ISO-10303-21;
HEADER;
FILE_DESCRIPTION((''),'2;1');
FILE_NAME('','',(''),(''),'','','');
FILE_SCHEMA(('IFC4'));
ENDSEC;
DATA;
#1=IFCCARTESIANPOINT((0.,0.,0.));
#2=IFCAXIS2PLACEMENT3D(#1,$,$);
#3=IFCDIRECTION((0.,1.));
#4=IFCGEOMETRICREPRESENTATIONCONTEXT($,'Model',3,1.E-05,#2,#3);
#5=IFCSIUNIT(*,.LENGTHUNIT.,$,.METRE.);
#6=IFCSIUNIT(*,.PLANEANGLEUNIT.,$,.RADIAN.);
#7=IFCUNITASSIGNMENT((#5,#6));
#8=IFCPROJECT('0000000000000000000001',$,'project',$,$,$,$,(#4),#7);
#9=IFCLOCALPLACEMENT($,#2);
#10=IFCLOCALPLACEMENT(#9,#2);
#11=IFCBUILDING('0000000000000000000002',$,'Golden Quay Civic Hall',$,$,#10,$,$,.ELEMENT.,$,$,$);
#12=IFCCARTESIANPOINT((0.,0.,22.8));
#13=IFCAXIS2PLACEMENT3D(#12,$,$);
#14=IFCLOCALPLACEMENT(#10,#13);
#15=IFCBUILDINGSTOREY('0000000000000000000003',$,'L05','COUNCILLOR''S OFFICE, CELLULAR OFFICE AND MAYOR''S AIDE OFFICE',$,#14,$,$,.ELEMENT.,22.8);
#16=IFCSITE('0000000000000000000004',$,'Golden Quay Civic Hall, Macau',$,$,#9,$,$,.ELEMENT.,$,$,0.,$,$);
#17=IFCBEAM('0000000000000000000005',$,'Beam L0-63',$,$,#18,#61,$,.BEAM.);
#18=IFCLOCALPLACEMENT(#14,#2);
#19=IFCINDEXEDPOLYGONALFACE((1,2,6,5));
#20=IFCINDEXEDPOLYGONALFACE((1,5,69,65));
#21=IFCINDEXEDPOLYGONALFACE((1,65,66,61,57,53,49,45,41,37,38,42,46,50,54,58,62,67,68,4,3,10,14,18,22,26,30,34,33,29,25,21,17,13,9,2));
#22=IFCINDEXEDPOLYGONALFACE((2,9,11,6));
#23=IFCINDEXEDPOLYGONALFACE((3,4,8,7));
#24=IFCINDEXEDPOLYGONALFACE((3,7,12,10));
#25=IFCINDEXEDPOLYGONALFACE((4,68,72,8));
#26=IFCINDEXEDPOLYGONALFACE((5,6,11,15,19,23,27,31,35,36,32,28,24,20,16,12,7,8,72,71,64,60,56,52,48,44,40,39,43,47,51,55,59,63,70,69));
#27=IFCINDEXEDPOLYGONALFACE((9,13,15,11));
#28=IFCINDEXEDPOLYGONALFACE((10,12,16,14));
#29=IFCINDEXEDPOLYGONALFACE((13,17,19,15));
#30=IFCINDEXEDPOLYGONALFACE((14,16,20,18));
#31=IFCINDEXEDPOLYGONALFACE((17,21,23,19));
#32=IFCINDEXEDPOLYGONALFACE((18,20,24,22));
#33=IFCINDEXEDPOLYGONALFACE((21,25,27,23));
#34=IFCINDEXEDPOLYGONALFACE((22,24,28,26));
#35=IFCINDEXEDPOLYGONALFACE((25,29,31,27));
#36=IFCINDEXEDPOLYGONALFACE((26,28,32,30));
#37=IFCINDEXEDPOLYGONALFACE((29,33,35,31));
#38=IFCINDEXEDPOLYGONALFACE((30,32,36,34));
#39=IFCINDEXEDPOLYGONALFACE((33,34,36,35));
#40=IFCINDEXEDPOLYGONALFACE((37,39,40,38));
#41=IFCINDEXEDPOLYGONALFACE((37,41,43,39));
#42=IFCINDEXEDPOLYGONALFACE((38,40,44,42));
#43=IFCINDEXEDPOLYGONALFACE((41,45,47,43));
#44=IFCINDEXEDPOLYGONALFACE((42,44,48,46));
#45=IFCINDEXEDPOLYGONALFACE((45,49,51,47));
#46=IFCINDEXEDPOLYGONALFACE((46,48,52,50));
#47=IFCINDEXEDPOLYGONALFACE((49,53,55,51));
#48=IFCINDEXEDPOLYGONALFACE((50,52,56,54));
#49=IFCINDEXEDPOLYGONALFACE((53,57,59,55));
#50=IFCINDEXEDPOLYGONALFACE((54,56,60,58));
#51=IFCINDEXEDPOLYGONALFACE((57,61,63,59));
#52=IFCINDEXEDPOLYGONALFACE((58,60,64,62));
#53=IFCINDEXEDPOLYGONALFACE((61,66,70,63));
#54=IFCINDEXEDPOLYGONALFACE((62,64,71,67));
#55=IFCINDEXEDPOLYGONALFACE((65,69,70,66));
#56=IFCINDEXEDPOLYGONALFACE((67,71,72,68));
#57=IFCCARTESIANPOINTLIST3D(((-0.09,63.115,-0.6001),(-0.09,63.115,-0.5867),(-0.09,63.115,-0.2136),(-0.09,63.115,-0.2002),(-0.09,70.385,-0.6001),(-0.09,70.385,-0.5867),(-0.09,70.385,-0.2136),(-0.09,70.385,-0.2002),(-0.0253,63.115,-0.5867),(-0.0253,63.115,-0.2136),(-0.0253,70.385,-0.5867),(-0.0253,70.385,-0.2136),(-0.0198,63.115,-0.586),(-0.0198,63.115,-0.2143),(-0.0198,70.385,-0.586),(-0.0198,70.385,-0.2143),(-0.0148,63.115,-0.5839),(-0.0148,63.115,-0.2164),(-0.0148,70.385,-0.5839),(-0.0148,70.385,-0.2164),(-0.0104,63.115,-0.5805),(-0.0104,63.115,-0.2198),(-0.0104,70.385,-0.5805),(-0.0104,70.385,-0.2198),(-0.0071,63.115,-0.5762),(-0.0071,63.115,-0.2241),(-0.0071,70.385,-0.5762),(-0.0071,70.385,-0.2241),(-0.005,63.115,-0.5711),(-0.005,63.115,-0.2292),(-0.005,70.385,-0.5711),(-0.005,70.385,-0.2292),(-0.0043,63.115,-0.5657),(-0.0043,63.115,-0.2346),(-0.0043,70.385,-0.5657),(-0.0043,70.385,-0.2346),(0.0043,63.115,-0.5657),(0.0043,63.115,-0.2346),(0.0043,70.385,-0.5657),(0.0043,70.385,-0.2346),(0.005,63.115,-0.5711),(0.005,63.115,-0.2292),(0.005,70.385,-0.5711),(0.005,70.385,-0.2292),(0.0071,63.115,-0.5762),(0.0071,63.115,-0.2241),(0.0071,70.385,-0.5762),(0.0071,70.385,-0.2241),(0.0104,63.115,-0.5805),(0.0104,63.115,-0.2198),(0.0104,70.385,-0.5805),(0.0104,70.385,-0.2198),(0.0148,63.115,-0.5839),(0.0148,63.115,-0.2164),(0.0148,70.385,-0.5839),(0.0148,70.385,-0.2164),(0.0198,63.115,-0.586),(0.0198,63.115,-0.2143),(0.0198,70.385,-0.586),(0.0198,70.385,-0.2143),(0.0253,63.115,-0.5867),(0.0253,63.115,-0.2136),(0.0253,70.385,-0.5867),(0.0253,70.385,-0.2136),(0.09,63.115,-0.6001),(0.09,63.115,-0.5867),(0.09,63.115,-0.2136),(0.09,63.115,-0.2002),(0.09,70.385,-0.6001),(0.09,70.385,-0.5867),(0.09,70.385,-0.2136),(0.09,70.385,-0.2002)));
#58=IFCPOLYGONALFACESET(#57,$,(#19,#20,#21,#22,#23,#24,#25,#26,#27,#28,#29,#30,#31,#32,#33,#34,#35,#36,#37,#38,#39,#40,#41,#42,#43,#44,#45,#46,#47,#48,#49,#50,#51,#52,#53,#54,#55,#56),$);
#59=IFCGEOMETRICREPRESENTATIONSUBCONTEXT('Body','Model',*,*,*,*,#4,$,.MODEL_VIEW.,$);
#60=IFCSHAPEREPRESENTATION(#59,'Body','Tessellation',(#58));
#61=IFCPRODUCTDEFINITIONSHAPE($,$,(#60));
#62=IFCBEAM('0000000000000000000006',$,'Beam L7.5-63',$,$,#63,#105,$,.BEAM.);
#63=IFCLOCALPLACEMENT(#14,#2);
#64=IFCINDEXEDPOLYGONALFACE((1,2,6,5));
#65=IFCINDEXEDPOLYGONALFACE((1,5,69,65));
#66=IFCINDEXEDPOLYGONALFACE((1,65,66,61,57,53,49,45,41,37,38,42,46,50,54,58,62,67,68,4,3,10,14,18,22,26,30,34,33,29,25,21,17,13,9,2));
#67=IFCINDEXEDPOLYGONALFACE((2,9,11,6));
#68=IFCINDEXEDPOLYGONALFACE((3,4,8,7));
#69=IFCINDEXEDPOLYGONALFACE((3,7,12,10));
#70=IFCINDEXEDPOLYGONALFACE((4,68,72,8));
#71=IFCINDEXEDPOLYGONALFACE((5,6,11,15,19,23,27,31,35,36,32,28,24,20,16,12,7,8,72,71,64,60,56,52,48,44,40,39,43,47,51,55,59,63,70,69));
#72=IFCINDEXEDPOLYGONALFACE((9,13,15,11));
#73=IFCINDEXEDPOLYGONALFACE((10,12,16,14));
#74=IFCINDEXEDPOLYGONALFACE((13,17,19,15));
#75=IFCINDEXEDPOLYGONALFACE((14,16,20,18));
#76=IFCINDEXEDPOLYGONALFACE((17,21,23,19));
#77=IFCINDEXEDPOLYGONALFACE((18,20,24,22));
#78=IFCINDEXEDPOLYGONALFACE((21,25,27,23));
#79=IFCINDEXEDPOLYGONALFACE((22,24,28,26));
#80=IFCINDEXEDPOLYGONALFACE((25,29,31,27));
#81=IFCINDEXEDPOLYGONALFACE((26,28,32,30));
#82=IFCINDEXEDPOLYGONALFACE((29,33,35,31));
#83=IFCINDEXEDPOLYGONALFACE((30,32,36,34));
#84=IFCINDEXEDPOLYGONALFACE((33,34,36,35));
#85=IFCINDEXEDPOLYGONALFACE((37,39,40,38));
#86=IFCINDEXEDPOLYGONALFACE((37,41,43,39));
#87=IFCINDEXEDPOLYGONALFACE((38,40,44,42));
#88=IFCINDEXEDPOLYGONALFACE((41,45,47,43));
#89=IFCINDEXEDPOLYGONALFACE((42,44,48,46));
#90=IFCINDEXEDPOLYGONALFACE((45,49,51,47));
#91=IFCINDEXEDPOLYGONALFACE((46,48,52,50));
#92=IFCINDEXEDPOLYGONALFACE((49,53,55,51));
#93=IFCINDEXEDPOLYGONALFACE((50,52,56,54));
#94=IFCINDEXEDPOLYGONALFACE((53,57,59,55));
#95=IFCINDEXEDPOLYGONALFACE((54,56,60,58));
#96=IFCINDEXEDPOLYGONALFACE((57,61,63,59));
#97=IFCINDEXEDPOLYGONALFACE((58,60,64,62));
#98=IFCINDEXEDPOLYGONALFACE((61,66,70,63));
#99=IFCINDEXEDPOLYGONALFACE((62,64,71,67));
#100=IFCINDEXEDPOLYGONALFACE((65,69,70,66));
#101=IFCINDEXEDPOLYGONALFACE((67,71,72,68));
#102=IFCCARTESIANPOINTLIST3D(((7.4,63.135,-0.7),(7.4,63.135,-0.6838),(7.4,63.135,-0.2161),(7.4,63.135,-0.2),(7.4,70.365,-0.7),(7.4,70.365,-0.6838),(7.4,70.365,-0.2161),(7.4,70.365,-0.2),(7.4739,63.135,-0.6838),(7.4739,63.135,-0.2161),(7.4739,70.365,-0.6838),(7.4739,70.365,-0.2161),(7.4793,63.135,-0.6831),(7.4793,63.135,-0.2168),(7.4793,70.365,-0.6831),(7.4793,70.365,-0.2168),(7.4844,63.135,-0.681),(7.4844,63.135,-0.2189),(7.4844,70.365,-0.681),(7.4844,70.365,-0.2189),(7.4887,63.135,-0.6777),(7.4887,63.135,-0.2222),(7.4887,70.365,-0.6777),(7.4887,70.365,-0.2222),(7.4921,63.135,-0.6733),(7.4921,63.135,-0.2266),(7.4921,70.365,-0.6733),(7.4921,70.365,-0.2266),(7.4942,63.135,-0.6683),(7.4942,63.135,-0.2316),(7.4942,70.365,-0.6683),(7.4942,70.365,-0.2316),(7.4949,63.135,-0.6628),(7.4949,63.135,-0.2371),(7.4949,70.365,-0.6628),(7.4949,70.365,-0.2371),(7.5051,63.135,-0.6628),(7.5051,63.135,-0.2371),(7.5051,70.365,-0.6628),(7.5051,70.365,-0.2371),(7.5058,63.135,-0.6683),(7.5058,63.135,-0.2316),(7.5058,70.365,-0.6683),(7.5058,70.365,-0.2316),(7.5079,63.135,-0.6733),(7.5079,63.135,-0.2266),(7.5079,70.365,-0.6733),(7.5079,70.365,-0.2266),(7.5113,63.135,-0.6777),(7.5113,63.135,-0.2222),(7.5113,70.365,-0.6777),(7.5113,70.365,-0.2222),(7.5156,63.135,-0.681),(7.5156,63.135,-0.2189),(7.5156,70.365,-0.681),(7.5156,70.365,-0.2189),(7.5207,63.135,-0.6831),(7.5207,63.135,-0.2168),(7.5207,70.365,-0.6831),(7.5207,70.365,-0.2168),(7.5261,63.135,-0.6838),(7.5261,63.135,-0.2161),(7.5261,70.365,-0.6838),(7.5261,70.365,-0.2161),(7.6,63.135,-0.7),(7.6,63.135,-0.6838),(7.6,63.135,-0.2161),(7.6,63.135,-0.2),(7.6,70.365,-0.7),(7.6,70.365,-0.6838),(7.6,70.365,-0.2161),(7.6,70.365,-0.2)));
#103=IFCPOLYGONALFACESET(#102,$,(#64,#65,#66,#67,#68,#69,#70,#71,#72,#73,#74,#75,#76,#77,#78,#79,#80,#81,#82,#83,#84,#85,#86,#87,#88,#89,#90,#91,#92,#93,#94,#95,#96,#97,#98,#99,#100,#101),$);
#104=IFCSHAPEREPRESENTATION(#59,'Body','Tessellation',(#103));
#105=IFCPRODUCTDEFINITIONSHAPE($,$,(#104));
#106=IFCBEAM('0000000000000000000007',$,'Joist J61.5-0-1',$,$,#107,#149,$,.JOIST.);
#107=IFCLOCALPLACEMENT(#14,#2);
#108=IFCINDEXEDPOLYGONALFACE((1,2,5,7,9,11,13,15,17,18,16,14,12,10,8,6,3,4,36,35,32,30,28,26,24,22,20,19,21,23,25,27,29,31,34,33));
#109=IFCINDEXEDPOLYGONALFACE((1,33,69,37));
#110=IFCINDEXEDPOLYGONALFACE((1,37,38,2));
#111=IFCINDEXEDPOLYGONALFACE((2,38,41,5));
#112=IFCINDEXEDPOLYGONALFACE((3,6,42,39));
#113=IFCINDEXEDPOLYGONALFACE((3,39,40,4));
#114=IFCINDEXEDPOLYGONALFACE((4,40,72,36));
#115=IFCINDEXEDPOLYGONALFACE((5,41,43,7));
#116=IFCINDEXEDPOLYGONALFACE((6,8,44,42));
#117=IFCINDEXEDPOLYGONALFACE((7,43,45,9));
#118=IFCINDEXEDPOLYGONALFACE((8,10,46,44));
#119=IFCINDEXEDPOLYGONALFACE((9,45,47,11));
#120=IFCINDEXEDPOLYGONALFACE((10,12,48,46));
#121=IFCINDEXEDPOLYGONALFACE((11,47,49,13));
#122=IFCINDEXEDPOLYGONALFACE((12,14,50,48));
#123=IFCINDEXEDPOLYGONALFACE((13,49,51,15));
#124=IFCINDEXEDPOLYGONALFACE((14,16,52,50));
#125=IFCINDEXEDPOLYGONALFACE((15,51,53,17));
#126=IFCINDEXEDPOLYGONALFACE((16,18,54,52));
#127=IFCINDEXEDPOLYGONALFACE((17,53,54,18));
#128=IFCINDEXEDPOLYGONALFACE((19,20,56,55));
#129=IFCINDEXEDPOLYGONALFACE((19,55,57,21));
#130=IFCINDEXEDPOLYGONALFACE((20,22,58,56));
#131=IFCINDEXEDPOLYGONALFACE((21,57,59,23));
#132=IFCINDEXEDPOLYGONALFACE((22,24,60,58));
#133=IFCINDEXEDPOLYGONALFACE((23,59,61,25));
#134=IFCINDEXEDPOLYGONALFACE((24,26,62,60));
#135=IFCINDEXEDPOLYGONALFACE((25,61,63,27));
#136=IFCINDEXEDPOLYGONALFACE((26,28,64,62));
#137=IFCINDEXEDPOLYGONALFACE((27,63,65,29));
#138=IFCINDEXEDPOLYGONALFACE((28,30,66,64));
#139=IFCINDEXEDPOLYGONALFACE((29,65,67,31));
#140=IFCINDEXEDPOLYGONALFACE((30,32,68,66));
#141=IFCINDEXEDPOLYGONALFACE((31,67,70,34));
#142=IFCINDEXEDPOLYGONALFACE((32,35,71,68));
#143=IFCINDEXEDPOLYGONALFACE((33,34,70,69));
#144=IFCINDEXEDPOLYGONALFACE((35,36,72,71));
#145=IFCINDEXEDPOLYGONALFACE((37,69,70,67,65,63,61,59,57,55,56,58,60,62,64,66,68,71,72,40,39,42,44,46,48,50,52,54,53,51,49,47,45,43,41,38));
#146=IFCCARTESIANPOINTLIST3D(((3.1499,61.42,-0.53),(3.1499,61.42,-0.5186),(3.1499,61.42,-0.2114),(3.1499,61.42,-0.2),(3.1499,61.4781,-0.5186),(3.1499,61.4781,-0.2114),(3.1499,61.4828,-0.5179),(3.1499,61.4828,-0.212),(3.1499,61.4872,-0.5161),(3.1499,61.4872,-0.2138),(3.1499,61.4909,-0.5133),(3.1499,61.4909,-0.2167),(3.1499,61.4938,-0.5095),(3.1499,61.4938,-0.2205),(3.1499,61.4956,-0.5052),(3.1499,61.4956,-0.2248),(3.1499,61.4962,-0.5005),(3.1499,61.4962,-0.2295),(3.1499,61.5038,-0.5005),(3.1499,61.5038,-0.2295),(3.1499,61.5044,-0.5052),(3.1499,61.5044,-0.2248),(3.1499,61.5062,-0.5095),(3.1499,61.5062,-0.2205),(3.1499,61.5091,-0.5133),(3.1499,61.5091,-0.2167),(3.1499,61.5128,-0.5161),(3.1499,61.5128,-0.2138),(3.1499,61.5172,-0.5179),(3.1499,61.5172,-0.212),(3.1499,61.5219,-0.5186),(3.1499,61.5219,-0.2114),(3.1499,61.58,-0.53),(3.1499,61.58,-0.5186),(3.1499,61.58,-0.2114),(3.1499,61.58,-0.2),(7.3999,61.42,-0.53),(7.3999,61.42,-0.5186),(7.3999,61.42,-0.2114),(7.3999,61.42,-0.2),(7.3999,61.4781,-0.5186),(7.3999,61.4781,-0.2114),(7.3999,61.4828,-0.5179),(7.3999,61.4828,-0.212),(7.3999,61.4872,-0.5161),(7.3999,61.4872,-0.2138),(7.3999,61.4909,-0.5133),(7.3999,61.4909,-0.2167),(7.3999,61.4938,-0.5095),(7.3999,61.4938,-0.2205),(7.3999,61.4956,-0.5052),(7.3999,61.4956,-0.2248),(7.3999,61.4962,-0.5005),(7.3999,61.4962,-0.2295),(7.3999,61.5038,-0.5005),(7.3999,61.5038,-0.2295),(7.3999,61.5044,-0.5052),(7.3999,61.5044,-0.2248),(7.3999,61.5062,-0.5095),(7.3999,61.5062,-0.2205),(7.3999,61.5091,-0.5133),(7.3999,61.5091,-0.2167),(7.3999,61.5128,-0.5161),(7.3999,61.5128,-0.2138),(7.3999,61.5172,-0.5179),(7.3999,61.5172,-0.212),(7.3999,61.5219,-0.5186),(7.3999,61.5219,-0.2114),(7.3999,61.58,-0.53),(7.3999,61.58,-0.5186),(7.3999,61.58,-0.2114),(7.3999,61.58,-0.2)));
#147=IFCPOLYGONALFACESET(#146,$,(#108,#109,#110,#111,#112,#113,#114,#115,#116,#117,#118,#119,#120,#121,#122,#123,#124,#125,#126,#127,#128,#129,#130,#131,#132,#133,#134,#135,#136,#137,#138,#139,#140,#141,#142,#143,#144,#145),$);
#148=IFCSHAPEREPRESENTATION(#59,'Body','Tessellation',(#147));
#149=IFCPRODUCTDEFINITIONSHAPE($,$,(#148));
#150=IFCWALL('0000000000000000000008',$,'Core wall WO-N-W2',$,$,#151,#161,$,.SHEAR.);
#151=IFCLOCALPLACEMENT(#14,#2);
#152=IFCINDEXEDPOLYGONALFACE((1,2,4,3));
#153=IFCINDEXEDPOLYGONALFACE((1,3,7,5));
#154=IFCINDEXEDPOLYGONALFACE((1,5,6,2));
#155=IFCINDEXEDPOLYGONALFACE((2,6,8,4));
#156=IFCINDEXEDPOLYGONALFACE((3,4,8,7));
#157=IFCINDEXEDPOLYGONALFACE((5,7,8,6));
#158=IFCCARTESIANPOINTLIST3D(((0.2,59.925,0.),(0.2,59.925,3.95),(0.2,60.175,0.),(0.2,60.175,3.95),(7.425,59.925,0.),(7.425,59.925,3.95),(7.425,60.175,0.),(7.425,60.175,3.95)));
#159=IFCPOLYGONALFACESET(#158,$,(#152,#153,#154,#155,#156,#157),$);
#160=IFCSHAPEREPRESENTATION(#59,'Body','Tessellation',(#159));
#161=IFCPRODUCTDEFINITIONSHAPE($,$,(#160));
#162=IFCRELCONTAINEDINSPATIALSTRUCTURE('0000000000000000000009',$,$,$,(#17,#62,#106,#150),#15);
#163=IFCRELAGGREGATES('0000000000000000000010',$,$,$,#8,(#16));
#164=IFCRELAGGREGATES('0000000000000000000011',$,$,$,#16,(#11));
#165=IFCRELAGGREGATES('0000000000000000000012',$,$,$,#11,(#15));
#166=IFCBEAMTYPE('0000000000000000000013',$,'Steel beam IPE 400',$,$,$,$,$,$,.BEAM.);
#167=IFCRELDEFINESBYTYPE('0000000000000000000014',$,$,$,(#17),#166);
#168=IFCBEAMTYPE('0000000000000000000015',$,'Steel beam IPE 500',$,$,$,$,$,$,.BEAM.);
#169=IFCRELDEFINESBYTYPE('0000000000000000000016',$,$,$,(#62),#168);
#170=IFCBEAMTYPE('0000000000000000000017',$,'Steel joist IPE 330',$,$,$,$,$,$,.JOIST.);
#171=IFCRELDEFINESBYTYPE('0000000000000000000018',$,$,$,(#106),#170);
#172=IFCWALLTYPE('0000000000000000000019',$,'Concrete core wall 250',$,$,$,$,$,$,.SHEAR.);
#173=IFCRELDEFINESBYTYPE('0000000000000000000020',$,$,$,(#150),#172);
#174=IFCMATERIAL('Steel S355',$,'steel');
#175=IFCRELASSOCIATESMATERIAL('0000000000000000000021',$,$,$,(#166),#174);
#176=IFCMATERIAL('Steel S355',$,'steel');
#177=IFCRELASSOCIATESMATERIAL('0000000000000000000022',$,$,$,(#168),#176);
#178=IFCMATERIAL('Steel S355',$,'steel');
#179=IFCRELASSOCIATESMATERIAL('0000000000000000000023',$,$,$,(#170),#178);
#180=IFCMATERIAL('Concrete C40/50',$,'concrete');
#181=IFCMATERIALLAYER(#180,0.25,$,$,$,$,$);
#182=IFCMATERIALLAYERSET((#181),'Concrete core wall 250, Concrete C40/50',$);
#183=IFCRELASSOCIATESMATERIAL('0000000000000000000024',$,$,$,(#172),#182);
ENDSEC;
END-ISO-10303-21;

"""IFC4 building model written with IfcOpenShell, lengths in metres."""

from ifc_helpers import new_model, si_unit, direction, frame, frame_2d, origin, origin_2d, place, context, subcontext, project, spatial, rectangle, i_section, extrude, material, layer, layer_set, material_profile, profile_set, type_object, element, save


model = new_model("IFC4")

# Units and contexts
model_context = context("Model", 3, precision=1e-05, world=origin(), true_north=direction((0.0, 1.0)))
body_context = subcontext(model_context, "Body", "Model", "MODEL_VIEW")
ifc_project = project(units=[si_unit("LENGTHUNIT", "METRE"), si_unit("PLANEANGLEUNIT", "RADIAN")], contexts=[model_context])

# Site, building, storey
site_placement = place(None, origin())
site = spatial("IfcSite", under=ifc_project, at=site_placement, Name="Golden Quay Civic Hall, Macau", CompositionType="ELEMENT", RefElevation=0.0)
building_placement = place(site_placement, origin())
building = spatial("IfcBuilding", under=site, at=building_placement, Name="Golden Quay Civic Hall", CompositionType="ELEMENT")
storey_placement = place(building_placement, frame((0.0, 0.0, 22.8)))
storey = spatial("IfcBuildingStorey", under=building, at=storey_placement, Name="L05", Description="COUNCILLOR'S OFFICE, CELLULAR OFFICE AND MAYOR'S AIDE OFFICE", CompositionType="ELEMENT", Elevation=22.8)

# Beams
ifc_material_1 = material(Name="Steel S355", Category="steel")
ifc_material_profile_1 = material_profile(ifc_material_1, i_section(OverallWidth=0.1799, OverallDepth=0.3999, WebThickness=0.0085, FlangeThickness=0.0134, FilletRadius=0.021, at=origin_2d()), Name="IPE 400")
ifc_profile_set_1 = profile_set([ifc_material_profile_1], Name="Steel S355")
beam_type_1 = type_object("IfcBeamType", Name="Steel beam IPE 400", PredefinedType="BEAM", material=ifc_profile_set_1)
beam_1_placement = place(storey_placement, frame((0.0, 63.115, -0.4001), z_axis=(0.0, 1.0, 0.0), x_axis=(-1.0, 0.0, 0.0)))
element("IfcBeam", 1, at=beam_1_placement, inside=storey, type_object=beam_type_1, Name="Beam L0-63", PredefinedType="BEAM", context=body_context, shape_type="SweptSolid", body=[
    extrude(i_section(OverallWidth=0.1799, OverallDepth=0.3999, WebThickness=0.0085, FlangeThickness=0.0134, FilletRadius=0.021, at=origin_2d()), origin(), (0.0, 0.0, 1.0), 7.27),
])
ifc_material_2 = material(Name="Steel S355", Category="steel")
ifc_material_profile_2 = material_profile(ifc_material_2, i_section(OverallWidth=0.2, OverallDepth=0.5, WebThickness=0.0103, FlangeThickness=0.0161, FilletRadius=0.021, at=origin_2d()), Name="IPE 500")
ifc_profile_set_2 = profile_set([ifc_material_profile_2], Name="Steel S355")
beam_type_2 = type_object("IfcBeamType", Name="Steel beam IPE 500", PredefinedType="BEAM", material=ifc_profile_set_2)
beam_2_placement = place(storey_placement, frame((7.5, 63.135, -0.45), z_axis=(0.0, 1.0, 0.0), x_axis=(-1.0, 0.0, 0.0)))
element("IfcBeam", 2, at=beam_2_placement, inside=storey, type_object=beam_type_2, Name="Beam L7.5-63", PredefinedType="BEAM", context=body_context, shape_type="SweptSolid", body=[
    extrude(i_section(OverallWidth=0.2, OverallDepth=0.5, WebThickness=0.0103, FlangeThickness=0.0161, FilletRadius=0.021, at=origin_2d()), origin(), (0.0, 0.0, 1.0), 7.23),
])
ifc_material_3 = material(Name="Steel S355", Category="steel")
ifc_material_profile_3 = material_profile(ifc_material_3, i_section(OverallWidth=0.1599, OverallDepth=0.3301, WebThickness=0.0076, FlangeThickness=0.0115, FilletRadius=0.0181, at=origin_2d()), Name="IPE 330")
ifc_profile_set_3 = profile_set([ifc_material_profile_3], Name="Steel S355")
beam_type_3 = type_object("IfcBeamType", Name="Steel joist IPE 330", PredefinedType="JOIST", material=ifc_profile_set_3)
beam_3_placement = place(storey_placement, frame((3.1499, 61.5, -0.365), z_axis=(1.0, 0.0, 0.0), x_axis=(0.0, 1.0, 0.0)))
element("IfcBeam", 3, at=beam_3_placement, inside=storey, type_object=beam_type_3, Name="Joist J61.5-0-1", PredefinedType="JOIST", context=body_context, shape_type="SweptSolid", body=[
    extrude(i_section(OverallWidth=0.1599, OverallDepth=0.3301, WebThickness=0.0076, FlangeThickness=0.0115, FilletRadius=0.0181, at=origin_2d()), origin(), (0.0, 0.0, 1.0), 4.25),
])

# Wall
ifc_material_4 = material(Name="Concrete C40/50", Category="concrete")
ifc_layer_1 = layer(ifc_material_4, 0.25)
ifc_layer_set_1 = layer_set([ifc_layer_1], Name="Concrete core wall 250, Concrete C40/50")
wall_type_1 = type_object("IfcWallType", Name="Concrete core wall 250", PredefinedType="SHEAR", material=ifc_layer_set_1)
wall_1_placement = place(storey_placement, frame((0.2, 60.05, 0.0), z_axis=(0.0, 0.0, 1.0), x_axis=(1.0, 0.0, 0.0)))
element("IfcWall", 4, at=wall_1_placement, inside=storey, type_object=wall_type_1, Name="Core wall WO-N-W2", PredefinedType="SHEAR", context=body_context, shape_type="SweptSolid", body=[
    extrude(rectangle(XDim=7.2251, YDim=0.25, at=frame_2d((3.6125, 0.0))), origin(), (0.0, 0.0, 1.0), 3.95),
])

save(model, "model.ifc")
